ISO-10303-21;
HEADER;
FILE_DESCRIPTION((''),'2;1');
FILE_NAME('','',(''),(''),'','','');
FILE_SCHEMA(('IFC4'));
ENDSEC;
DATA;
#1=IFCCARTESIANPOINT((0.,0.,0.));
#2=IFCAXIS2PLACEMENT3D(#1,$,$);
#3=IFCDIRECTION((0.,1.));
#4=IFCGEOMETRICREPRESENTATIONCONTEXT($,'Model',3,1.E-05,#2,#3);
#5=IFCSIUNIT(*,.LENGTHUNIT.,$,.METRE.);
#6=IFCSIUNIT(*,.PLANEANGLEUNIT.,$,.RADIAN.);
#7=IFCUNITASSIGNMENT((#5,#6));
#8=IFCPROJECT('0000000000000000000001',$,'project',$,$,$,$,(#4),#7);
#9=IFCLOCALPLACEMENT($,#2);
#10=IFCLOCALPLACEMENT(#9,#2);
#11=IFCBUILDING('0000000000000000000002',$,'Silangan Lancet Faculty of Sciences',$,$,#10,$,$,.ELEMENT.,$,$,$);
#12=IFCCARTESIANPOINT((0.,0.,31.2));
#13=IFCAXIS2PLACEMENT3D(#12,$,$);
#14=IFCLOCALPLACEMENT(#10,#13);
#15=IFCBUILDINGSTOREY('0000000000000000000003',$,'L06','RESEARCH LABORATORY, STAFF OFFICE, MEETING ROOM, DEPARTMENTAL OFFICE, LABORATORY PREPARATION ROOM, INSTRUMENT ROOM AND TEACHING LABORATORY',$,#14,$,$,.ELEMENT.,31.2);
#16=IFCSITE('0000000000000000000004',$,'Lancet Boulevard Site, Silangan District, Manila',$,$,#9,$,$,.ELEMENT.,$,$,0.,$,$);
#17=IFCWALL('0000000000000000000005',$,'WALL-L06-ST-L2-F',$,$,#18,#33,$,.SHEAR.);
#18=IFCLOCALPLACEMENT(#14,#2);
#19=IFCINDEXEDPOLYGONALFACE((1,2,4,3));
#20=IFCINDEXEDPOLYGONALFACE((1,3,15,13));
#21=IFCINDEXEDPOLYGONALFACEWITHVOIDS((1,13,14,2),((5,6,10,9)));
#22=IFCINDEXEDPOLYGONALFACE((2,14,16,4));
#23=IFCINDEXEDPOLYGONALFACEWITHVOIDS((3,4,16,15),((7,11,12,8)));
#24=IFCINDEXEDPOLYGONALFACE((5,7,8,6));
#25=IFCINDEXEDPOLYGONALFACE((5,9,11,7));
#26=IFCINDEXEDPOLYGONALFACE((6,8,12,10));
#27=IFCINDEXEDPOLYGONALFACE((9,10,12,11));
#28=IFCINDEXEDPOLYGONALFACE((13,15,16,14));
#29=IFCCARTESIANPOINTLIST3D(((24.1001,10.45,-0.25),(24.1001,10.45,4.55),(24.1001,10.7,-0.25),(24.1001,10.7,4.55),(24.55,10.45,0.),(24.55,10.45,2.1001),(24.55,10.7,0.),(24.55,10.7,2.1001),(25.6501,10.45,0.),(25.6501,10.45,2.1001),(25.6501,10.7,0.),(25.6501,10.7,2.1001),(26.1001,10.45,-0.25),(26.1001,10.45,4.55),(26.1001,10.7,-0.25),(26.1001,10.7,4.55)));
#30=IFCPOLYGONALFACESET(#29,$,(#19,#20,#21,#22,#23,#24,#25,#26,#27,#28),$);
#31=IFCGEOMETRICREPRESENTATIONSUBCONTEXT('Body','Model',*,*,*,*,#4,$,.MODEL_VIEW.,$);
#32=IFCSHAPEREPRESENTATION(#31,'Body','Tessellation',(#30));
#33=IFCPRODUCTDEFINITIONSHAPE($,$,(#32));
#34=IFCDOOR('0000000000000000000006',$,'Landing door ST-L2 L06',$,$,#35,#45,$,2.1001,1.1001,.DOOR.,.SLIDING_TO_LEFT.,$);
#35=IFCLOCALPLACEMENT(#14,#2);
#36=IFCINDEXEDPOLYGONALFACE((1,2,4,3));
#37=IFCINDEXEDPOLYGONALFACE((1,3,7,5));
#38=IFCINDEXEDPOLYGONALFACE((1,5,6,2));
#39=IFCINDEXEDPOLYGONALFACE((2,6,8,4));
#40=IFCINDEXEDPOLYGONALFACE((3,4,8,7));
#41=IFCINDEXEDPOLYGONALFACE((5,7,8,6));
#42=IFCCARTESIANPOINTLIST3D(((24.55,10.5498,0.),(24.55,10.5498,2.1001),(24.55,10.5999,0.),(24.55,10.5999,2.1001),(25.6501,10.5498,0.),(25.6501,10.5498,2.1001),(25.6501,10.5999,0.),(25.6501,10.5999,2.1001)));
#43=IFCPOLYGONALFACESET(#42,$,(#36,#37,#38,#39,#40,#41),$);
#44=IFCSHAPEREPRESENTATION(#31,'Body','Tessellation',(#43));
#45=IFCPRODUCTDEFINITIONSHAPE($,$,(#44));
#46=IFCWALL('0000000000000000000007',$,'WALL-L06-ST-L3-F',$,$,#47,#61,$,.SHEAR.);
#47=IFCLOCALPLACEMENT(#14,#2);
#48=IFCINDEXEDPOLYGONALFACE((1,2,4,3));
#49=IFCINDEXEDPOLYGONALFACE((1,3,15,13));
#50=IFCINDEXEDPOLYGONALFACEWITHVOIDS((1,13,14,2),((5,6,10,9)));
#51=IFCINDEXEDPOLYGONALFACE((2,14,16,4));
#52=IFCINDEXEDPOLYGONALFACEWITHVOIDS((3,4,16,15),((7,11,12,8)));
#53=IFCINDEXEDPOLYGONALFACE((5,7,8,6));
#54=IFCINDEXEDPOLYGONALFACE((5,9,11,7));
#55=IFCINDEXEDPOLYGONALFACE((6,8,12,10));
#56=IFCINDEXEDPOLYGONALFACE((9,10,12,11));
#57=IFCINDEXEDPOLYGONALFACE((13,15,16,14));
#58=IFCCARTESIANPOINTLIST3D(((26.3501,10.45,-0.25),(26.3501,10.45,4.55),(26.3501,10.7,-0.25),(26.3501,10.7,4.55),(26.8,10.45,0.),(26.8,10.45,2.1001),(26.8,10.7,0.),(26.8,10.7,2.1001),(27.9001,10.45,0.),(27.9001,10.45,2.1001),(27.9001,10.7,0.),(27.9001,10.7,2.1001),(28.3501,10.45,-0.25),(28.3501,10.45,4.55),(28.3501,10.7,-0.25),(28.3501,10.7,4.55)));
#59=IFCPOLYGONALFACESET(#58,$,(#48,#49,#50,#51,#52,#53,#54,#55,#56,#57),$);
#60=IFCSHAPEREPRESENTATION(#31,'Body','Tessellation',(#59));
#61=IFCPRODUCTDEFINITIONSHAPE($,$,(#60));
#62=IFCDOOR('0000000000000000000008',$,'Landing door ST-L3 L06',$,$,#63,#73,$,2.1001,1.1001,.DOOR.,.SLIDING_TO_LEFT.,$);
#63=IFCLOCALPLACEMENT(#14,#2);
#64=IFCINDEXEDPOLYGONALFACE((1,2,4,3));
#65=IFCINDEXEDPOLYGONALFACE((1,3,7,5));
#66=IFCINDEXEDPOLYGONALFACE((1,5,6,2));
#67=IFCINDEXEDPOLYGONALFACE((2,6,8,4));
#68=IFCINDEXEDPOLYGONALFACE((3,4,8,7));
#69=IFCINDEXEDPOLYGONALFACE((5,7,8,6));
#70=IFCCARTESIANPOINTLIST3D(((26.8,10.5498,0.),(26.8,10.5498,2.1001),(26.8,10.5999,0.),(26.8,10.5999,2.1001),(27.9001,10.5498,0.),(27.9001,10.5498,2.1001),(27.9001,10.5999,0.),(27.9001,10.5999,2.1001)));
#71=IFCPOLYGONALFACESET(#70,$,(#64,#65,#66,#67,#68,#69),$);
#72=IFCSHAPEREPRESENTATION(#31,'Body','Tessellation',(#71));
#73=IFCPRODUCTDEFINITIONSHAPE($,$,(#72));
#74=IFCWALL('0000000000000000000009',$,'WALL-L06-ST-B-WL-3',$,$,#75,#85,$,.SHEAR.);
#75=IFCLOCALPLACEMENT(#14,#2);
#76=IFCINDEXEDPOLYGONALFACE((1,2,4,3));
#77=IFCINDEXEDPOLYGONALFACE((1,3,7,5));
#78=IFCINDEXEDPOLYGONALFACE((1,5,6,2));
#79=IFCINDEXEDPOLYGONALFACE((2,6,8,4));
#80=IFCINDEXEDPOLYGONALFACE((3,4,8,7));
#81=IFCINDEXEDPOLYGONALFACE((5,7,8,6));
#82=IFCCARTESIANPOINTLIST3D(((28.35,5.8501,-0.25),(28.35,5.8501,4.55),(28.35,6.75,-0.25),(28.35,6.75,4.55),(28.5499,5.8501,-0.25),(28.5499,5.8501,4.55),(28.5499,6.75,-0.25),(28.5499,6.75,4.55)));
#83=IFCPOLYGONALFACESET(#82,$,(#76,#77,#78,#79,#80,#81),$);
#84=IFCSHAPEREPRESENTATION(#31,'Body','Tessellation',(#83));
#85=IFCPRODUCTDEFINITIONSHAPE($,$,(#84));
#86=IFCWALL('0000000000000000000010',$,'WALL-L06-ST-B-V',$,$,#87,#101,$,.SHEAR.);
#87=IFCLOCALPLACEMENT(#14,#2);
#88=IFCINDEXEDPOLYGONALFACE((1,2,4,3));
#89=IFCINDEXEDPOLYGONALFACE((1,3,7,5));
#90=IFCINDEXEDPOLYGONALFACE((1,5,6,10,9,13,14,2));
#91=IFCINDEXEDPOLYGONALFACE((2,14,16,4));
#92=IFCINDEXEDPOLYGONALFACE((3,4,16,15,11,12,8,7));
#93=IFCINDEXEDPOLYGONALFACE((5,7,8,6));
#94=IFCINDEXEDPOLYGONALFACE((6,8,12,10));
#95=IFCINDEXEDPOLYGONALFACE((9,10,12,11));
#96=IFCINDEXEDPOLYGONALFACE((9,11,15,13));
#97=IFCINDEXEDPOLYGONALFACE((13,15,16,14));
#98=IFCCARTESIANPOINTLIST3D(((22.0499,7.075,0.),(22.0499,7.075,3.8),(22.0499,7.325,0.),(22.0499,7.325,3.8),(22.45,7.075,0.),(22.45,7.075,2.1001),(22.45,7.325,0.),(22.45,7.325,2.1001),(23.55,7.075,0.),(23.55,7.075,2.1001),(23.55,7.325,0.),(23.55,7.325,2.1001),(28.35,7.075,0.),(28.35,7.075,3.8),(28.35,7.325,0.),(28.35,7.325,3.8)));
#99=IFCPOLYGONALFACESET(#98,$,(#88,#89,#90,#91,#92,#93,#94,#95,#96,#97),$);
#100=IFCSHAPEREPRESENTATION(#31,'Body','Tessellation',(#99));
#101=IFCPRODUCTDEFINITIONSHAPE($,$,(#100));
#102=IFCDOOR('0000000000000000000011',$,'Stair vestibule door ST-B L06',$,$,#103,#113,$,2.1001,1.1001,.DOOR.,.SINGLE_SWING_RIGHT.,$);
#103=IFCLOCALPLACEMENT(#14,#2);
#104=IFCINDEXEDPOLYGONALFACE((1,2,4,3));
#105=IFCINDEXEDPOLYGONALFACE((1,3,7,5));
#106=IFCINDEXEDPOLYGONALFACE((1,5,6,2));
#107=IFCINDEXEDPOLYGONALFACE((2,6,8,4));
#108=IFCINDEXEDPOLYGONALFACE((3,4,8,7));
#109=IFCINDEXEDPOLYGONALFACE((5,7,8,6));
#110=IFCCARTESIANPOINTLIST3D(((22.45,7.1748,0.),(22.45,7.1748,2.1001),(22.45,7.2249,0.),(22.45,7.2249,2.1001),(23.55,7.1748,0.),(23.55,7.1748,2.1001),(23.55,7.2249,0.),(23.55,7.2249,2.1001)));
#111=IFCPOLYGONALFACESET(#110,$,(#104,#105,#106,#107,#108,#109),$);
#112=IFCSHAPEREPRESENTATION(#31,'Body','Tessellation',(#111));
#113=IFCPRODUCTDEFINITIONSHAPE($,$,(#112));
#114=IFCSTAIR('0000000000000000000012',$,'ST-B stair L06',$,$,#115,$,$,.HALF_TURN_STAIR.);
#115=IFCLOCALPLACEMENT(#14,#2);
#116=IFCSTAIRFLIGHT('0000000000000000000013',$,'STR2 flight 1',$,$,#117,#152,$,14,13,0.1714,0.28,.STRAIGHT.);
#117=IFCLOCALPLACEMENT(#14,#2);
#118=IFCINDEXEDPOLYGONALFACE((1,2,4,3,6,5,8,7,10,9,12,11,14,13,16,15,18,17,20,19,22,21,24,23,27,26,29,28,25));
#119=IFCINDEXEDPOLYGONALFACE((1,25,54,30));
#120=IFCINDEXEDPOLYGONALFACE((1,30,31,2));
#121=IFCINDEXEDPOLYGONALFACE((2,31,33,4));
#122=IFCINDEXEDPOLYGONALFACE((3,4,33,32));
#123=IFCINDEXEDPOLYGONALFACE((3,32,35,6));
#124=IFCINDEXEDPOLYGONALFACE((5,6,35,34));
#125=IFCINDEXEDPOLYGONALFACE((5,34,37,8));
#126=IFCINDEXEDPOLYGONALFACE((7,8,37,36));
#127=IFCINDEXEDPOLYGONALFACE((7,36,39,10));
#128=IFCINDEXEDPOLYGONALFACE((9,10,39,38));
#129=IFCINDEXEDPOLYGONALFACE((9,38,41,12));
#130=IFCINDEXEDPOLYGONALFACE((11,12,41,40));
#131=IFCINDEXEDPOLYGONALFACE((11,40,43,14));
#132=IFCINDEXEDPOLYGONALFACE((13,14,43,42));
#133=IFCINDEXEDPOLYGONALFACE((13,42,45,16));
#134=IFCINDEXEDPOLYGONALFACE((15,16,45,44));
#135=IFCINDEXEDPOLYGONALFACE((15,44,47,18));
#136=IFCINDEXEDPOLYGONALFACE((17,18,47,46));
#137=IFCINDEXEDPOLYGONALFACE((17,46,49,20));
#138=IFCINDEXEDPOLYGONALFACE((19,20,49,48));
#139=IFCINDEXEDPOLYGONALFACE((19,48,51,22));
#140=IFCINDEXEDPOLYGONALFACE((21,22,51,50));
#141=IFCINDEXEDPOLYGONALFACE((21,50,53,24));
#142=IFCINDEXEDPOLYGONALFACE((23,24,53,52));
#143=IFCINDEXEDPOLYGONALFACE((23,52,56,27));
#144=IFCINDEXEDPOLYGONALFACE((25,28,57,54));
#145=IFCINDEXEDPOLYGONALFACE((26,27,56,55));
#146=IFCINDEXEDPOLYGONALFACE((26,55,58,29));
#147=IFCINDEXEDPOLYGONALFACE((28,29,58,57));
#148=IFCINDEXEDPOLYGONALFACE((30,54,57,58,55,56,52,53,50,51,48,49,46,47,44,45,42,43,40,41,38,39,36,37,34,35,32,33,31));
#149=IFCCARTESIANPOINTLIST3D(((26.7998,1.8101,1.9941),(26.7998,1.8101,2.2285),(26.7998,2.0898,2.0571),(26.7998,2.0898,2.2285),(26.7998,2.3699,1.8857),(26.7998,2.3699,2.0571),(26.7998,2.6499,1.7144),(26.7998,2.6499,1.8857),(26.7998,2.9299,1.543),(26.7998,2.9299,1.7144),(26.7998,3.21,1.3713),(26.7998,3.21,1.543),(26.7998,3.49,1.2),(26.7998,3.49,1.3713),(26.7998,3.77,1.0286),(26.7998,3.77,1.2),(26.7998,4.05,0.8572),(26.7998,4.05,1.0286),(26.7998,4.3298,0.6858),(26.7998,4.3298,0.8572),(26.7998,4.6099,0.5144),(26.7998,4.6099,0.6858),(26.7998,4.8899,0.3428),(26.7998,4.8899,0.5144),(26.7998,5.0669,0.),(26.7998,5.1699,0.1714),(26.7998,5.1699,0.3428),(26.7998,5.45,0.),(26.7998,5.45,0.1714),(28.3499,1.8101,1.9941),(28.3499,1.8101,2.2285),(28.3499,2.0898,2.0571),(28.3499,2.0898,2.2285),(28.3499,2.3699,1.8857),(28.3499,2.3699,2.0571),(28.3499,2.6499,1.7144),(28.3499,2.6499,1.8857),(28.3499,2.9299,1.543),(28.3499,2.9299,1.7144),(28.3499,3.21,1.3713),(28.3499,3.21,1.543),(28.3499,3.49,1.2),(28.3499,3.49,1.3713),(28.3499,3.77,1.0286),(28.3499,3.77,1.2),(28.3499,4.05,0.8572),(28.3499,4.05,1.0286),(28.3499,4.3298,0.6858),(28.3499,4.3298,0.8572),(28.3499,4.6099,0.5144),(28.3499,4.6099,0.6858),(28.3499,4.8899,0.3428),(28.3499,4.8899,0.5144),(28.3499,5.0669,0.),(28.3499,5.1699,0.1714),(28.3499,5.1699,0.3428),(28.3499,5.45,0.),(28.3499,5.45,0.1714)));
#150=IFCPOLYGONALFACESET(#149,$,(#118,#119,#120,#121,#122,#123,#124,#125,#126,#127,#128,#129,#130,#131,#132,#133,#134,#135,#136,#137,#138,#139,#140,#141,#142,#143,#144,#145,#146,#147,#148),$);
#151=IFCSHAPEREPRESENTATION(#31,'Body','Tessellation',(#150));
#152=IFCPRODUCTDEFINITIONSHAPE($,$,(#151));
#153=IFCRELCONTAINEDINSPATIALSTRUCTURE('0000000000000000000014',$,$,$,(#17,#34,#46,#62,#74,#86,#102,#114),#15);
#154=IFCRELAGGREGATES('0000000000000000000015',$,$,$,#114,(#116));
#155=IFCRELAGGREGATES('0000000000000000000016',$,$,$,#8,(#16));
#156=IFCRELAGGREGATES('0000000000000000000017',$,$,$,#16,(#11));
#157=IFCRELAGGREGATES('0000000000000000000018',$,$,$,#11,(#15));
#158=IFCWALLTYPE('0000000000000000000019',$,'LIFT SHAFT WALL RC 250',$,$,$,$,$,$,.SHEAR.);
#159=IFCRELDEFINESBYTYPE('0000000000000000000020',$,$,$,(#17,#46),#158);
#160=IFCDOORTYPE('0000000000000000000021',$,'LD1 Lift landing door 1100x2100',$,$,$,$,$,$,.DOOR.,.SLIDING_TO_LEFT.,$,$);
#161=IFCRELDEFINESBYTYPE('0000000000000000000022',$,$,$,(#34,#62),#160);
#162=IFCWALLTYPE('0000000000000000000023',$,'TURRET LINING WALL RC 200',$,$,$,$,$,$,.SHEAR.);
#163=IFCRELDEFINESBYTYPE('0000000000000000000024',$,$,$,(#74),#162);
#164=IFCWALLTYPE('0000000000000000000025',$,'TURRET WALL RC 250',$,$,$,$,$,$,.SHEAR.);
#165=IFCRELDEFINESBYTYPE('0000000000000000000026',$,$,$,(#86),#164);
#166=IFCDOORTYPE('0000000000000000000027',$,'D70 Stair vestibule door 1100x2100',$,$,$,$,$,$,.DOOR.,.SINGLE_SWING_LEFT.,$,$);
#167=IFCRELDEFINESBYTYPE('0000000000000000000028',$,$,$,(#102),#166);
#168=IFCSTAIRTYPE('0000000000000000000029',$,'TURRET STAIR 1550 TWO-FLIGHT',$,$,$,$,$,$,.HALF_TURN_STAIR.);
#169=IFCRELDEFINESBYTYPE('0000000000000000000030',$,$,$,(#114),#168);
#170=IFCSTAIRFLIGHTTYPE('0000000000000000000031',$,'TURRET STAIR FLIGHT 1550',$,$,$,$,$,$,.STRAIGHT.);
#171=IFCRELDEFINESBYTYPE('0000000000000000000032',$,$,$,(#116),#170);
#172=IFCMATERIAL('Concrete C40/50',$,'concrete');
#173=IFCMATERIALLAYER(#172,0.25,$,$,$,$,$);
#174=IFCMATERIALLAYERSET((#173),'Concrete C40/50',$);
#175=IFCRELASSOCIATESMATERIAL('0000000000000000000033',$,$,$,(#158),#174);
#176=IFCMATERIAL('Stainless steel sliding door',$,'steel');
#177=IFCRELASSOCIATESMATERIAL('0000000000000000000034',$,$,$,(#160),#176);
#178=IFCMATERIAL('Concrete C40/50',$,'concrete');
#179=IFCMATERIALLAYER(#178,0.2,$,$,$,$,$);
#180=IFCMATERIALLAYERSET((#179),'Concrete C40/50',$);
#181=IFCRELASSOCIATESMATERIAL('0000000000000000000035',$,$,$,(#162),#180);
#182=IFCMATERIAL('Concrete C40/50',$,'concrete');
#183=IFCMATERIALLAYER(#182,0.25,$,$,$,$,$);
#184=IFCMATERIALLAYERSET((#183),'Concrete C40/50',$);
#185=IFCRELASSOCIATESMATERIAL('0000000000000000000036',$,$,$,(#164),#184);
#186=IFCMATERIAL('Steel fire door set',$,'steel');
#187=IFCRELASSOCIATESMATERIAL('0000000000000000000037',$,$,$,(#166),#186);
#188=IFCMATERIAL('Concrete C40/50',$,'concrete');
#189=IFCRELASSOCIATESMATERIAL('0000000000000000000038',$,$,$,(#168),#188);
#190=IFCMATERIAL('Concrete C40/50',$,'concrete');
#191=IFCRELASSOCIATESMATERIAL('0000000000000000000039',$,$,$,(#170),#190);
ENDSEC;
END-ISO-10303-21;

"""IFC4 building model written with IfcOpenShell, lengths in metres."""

from ifc_helpers import new_model, si_unit, direction, frame, frame_2d, origin, place, context, subcontext, project, spatial, polyline, rectangle, outline, extrude, material, layer, layer_set, type_object, element, fill, aggregate, save


model = new_model("IFC4")

# Units and contexts
model_context = context("Model", 3, precision=1e-05, world=origin(), true_north=direction((0.0, 1.0)))
body_context = subcontext(model_context, "Body", "Model", "MODEL_VIEW")
ifc_project = project(units=[si_unit("LENGTHUNIT", "METRE"), si_unit("PLANEANGLEUNIT", "RADIAN")], contexts=[model_context])

# Site, building, storey
site_placement = place(None, origin())
site = spatial("IfcSite", under=ifc_project, at=site_placement, Name="Lancet Boulevard Site, Silangan District, Manila", CompositionType="ELEMENT", RefElevation=0.0)
building_placement = place(site_placement, origin())
building = spatial("IfcBuilding", under=site, at=building_placement, Name="Silangan Lancet Faculty of Sciences", CompositionType="ELEMENT")
storey_placement = place(building_placement, frame((0.0, 0.0, 31.2)))
storey = spatial("IfcBuildingStorey", under=building, at=storey_placement, Name="L06", Description="RESEARCH LABORATORY, STAFF OFFICE, MEETING ROOM, DEPARTMENTAL OFFICE, LABORATORY PREPARATION ROOM, INSTRUMENT ROOM AND TEACHING LABORATORY", CompositionType="ELEMENT", Elevation=31.2)

# Shared definitions
ifc_material_1 = material(Name="Concrete C40/50", Category="concrete")
ifc_layer_1 = layer(ifc_material_1, 0.25)
ifc_layer_set_1 = layer_set([ifc_layer_1], Name="Concrete C40/50")
wall_type_1 = type_object("IfcWallType", Name="LIFT SHAFT WALL RC 250", PredefinedType="SHEAR", material=ifc_layer_set_1)

# Walls, openings, doors
ifc_material_2 = material(Name="Stainless steel sliding door", Category="steel")
door_type_1 = type_object("IfcDoorType", Name="LD1 Lift landing door 1100x2100", OperationType="SLIDING_TO_LEFT", PredefinedType="DOOR", material=ifc_material_2)
wall_1_placement = place(storey_placement, frame((24.1001, 10.575, -0.25), z_axis=(0.0, 0.0, 1.0), x_axis=(1.0, 0.0, 0.0)))
wall_1 = element("IfcWall", 1, at=wall_1_placement, inside=storey, type_object=wall_type_1, Name="WALL-L06-ST-L2-F", PredefinedType="SHEAR", context=body_context, shape_type="SweptSolid", body=[
    extrude(rectangle(XDim=2.0, YDim=0.25, at=frame_2d((1.0, 0.0))), origin(), (0.0, 0.0, 1.0), 4.8),
])
opening_1_placement = place(wall_1_placement, frame((0.45, 0.0, 0.25)))
opening_1 = element("IfcOpeningElement", 2, at=opening_1_placement, cuts=wall_1, PredefinedType="OPENING", context=body_context, shape_type="SweptSolid", body=[
    extrude(rectangle(XDim=1.1001, YDim=2.1001, at=frame_2d((0.55, 1.05))), frame((0.0, 0.135, 0.0), z_axis=(0.0, -1.0, 0.0), x_axis=(1.0, 0.0, 0.0)), (0.0, 0.0, 1.0), 0.27),
])
door_1_placement = place(opening_1_placement, origin())
door_1 = element("IfcDoor", 3, at=door_1_placement, inside=storey, type_object=door_type_1, Name="Landing door ST-L2 L06", OperationType="SLIDING_TO_LEFT", OverallHeight=2.1001, OverallWidth=1.1001, PredefinedType="DOOR", context=body_context, shape_type="SweptSolid", body=[
    extrude(rectangle(XDim=1.1001, YDim=2.1001, at=frame_2d((0.55, 1.05))), frame((0.0, 0.0249, 0.0), z_axis=(0.0, -1.0, 0.0), x_axis=(1.0, 0.0, 0.0)), (0.0, 0.0, 1.0), 0.05),
])
fill(opening_1, door_1)
wall_2_placement = place(storey_placement, frame((26.3501, 10.575, -0.25), z_axis=(0.0, 0.0, 1.0), x_axis=(1.0, 0.0, 0.0)))
wall_2 = element("IfcWall", 4, at=wall_2_placement, inside=storey, type_object=wall_type_1, Name="WALL-L06-ST-L3-F", PredefinedType="SHEAR", context=body_context, shape_type="SweptSolid", body=[
    extrude(rectangle(XDim=2.0, YDim=0.25, at=frame_2d((1.0, 0.0))), origin(), (0.0, 0.0, 1.0), 4.8),
])
opening_2_placement = place(wall_2_placement, frame((0.45, 0.0, 0.25)))
opening_2 = element("IfcOpeningElement", 5, at=opening_2_placement, cuts=wall_2, PredefinedType="OPENING", context=body_context, shape_type="SweptSolid", body=[
    extrude(rectangle(XDim=1.1001, YDim=2.1001, at=frame_2d((0.55, 1.05))), frame((0.0, 0.135, 0.0), z_axis=(0.0, -1.0, 0.0), x_axis=(1.0, 0.0, 0.0)), (0.0, 0.0, 1.0), 0.27),
])
door_2_placement = place(opening_2_placement, origin())
door_2 = element("IfcDoor", 6, at=door_2_placement, inside=storey, type_object=door_type_1, Name="Landing door ST-L3 L06", OperationType="SLIDING_TO_LEFT", OverallHeight=2.1001, OverallWidth=1.1001, PredefinedType="DOOR", context=body_context, shape_type="SweptSolid", body=[
    extrude(rectangle(XDim=1.1001, YDim=2.1001, at=frame_2d((0.55, 1.05))), frame((0.0, 0.0249, 0.0), z_axis=(0.0, -1.0, 0.0), x_axis=(1.0, 0.0, 0.0)), (0.0, 0.0, 1.0), 0.05),
])
fill(opening_2, door_2)

# Wall
ifc_material_3 = material(Name="Concrete C40/50", Category="concrete")
ifc_layer_2 = layer(ifc_material_3, 0.2)
ifc_layer_set_2 = layer_set([ifc_layer_2], Name="Concrete C40/50")
wall_type_2 = type_object("IfcWallType", Name="TURRET LINING WALL RC 200", PredefinedType="SHEAR", material=ifc_layer_set_2)
wall_3_placement = place(storey_placement, frame((28.45, 5.8501, -0.25), z_axis=(0.0, 0.0, 1.0), x_axis=(0.0, 1.0, 0.0)))
element("IfcWall", 7, at=wall_3_placement, inside=storey, type_object=wall_type_2, Name="WALL-L06-ST-B-WL-3", PredefinedType="SHEAR", context=body_context, shape_type="SweptSolid", body=[
    extrude(rectangle(XDim=0.8999, YDim=0.2, at=frame_2d((0.45, 0.0))), origin(), (0.0, 0.0, 1.0), 4.8),
])

# Wall, opening, door
ifc_material_4 = material(Name="Concrete C40/50", Category="concrete")
ifc_layer_3 = layer(ifc_material_4, 0.25)
ifc_layer_set_3 = layer_set([ifc_layer_3], Name="Concrete C40/50")
wall_type_3 = type_object("IfcWallType", Name="TURRET WALL RC 250", PredefinedType="SHEAR", material=ifc_layer_set_3)
wall_4_placement = place(storey_placement, frame((22.05, 7.2, 0.0), z_axis=(0.0, 0.0, 1.0), x_axis=(1.0, 0.0, 0.0)))
wall_4 = element("IfcWall", 8, at=wall_4_placement, inside=storey, type_object=wall_type_3, Name="WALL-L06-ST-B-V", PredefinedType="SHEAR", context=body_context, shape_type="SweptSolid", body=[
    extrude(rectangle(XDim=6.3, YDim=0.25, at=frame_2d((3.1499, 0.0))), origin(), (0.0, 0.0, 1.0), 3.8),
])
opening_3_placement = place(wall_4_placement, frame((0.3999, 0.0, 0.0)))
opening_3 = element("IfcOpeningElement", 9, at=opening_3_placement, cuts=wall_4, PredefinedType="OPENING", context=body_context, shape_type="SweptSolid", body=[
    extrude(rectangle(XDim=1.1001, YDim=2.1001, at=frame_2d((0.55, 1.05))), frame((0.0, 0.135, 0.0), z_axis=(0.0, -1.0, 0.0), x_axis=(1.0, 0.0, 0.0)), (0.0, 0.0, 1.0), 0.27),
])
ifc_material_5 = material(Name="Steel fire door set", Category="steel")
door_type_2 = type_object("IfcDoorType", Name="D70 Stair vestibule door 1100x2100", OperationType="SINGLE_SWING_LEFT", PredefinedType="DOOR", material=ifc_material_5)
door_3_placement = place(opening_3_placement, frame((1.1001, 0.0, 0.0), z_axis=(0.0, 0.0, 1.0), x_axis=(-1.0, 0.0, 0.0)))
door_3 = element("IfcDoor", 10, at=door_3_placement, inside=storey, type_object=door_type_2, Name="Stair vestibule door ST-B L06", OperationType="SINGLE_SWING_RIGHT", OverallHeight=2.1001, OverallWidth=1.1001, PredefinedType="DOOR", context=body_context, shape_type="SweptSolid", body=[
    extrude(rectangle(XDim=1.1001, YDim=2.1001, at=frame_2d((0.55, 1.05))), frame((0.0, 0.0251, 0.0), z_axis=(0.0, -1.0, 0.0), x_axis=(1.0, 0.0, 0.0)), (0.0, 0.0, 1.0), 0.05),
])
fill(opening_3, door_3)

# Stair, stair flight
ifc_material_6 = material(Name="Concrete C40/50", Category="concrete")
stair_type = type_object("IfcStairType", Name="TURRET STAIR 1550 TWO-FLIGHT", PredefinedType="HALF_TURN_STAIR", material=ifc_material_6)
stair_placement = place(storey_placement, origin())
stair = element("IfcStair", 11, at=stair_placement, inside=storey, type_object=stair_type, Name="ST-B stair L06", PredefinedType="HALF_TURN_STAIR")
ifc_material_7 = material(Name="Concrete C40/50", Category="concrete")
stair_flight_type = type_object("IfcStairFlightType", Name="TURRET STAIR FLIGHT 1550", PredefinedType="STRAIGHT", material=ifc_material_7)
stair_flight_placement = place(storey_placement, frame((27.575, 5.45, 0.0), z_axis=(0.0, 0.0, 1.0), x_axis=(0.0, -1.0, 0.0)))
stair_flight = element("IfcStairFlight", 12, at=stair_flight_placement, type_object=stair_flight_type, Name="STR2 flight 1", NumberOfRisers=14, NumberOfTreads=13, PredefinedType="STRAIGHT", RiserHeight=0.1714, TreadLength=0.28, context=body_context, shape_type="SweptSolid", body=[
    extrude(outline(polyline([(0.0, 0.0), (0.0, 0.1714), (0.28, 0.1714), (0.28, 0.3428), (0.5601, 0.3428), (0.5601, 0.5144), (0.8401, 0.5144), (0.8401, 0.6858), (1.1201, 0.6858), (1.1201, 0.8572), (1.3999, 0.8572), (1.3999, 1.0286), (1.6799, 1.0286), (1.6799, 1.2), (1.96, 1.2), (1.96, 1.3713), (2.24, 1.3713), (2.24, 1.543), (2.52, 1.543), (2.52, 1.7144), (2.8, 1.7144), (2.8, 1.8857), (3.0801, 1.8857), (3.0801, 2.0571), (3.3601, 2.0571), (3.3601, 2.2285), (3.6399, 2.2285), (3.6399, 2.3999), (3.6399, 1.9941), (0.3831, 0.0), (0.0, 0.0)])), frame((0.0, 0.7749, 0.0), z_axis=(0.0, -1.0, 0.0), x_axis=(1.0, 0.0, 0.0)), (0.0, 0.0, 1.0), 1.55),
])
aggregate(stair, [stair_flight])

save(model, "model.ifc")
